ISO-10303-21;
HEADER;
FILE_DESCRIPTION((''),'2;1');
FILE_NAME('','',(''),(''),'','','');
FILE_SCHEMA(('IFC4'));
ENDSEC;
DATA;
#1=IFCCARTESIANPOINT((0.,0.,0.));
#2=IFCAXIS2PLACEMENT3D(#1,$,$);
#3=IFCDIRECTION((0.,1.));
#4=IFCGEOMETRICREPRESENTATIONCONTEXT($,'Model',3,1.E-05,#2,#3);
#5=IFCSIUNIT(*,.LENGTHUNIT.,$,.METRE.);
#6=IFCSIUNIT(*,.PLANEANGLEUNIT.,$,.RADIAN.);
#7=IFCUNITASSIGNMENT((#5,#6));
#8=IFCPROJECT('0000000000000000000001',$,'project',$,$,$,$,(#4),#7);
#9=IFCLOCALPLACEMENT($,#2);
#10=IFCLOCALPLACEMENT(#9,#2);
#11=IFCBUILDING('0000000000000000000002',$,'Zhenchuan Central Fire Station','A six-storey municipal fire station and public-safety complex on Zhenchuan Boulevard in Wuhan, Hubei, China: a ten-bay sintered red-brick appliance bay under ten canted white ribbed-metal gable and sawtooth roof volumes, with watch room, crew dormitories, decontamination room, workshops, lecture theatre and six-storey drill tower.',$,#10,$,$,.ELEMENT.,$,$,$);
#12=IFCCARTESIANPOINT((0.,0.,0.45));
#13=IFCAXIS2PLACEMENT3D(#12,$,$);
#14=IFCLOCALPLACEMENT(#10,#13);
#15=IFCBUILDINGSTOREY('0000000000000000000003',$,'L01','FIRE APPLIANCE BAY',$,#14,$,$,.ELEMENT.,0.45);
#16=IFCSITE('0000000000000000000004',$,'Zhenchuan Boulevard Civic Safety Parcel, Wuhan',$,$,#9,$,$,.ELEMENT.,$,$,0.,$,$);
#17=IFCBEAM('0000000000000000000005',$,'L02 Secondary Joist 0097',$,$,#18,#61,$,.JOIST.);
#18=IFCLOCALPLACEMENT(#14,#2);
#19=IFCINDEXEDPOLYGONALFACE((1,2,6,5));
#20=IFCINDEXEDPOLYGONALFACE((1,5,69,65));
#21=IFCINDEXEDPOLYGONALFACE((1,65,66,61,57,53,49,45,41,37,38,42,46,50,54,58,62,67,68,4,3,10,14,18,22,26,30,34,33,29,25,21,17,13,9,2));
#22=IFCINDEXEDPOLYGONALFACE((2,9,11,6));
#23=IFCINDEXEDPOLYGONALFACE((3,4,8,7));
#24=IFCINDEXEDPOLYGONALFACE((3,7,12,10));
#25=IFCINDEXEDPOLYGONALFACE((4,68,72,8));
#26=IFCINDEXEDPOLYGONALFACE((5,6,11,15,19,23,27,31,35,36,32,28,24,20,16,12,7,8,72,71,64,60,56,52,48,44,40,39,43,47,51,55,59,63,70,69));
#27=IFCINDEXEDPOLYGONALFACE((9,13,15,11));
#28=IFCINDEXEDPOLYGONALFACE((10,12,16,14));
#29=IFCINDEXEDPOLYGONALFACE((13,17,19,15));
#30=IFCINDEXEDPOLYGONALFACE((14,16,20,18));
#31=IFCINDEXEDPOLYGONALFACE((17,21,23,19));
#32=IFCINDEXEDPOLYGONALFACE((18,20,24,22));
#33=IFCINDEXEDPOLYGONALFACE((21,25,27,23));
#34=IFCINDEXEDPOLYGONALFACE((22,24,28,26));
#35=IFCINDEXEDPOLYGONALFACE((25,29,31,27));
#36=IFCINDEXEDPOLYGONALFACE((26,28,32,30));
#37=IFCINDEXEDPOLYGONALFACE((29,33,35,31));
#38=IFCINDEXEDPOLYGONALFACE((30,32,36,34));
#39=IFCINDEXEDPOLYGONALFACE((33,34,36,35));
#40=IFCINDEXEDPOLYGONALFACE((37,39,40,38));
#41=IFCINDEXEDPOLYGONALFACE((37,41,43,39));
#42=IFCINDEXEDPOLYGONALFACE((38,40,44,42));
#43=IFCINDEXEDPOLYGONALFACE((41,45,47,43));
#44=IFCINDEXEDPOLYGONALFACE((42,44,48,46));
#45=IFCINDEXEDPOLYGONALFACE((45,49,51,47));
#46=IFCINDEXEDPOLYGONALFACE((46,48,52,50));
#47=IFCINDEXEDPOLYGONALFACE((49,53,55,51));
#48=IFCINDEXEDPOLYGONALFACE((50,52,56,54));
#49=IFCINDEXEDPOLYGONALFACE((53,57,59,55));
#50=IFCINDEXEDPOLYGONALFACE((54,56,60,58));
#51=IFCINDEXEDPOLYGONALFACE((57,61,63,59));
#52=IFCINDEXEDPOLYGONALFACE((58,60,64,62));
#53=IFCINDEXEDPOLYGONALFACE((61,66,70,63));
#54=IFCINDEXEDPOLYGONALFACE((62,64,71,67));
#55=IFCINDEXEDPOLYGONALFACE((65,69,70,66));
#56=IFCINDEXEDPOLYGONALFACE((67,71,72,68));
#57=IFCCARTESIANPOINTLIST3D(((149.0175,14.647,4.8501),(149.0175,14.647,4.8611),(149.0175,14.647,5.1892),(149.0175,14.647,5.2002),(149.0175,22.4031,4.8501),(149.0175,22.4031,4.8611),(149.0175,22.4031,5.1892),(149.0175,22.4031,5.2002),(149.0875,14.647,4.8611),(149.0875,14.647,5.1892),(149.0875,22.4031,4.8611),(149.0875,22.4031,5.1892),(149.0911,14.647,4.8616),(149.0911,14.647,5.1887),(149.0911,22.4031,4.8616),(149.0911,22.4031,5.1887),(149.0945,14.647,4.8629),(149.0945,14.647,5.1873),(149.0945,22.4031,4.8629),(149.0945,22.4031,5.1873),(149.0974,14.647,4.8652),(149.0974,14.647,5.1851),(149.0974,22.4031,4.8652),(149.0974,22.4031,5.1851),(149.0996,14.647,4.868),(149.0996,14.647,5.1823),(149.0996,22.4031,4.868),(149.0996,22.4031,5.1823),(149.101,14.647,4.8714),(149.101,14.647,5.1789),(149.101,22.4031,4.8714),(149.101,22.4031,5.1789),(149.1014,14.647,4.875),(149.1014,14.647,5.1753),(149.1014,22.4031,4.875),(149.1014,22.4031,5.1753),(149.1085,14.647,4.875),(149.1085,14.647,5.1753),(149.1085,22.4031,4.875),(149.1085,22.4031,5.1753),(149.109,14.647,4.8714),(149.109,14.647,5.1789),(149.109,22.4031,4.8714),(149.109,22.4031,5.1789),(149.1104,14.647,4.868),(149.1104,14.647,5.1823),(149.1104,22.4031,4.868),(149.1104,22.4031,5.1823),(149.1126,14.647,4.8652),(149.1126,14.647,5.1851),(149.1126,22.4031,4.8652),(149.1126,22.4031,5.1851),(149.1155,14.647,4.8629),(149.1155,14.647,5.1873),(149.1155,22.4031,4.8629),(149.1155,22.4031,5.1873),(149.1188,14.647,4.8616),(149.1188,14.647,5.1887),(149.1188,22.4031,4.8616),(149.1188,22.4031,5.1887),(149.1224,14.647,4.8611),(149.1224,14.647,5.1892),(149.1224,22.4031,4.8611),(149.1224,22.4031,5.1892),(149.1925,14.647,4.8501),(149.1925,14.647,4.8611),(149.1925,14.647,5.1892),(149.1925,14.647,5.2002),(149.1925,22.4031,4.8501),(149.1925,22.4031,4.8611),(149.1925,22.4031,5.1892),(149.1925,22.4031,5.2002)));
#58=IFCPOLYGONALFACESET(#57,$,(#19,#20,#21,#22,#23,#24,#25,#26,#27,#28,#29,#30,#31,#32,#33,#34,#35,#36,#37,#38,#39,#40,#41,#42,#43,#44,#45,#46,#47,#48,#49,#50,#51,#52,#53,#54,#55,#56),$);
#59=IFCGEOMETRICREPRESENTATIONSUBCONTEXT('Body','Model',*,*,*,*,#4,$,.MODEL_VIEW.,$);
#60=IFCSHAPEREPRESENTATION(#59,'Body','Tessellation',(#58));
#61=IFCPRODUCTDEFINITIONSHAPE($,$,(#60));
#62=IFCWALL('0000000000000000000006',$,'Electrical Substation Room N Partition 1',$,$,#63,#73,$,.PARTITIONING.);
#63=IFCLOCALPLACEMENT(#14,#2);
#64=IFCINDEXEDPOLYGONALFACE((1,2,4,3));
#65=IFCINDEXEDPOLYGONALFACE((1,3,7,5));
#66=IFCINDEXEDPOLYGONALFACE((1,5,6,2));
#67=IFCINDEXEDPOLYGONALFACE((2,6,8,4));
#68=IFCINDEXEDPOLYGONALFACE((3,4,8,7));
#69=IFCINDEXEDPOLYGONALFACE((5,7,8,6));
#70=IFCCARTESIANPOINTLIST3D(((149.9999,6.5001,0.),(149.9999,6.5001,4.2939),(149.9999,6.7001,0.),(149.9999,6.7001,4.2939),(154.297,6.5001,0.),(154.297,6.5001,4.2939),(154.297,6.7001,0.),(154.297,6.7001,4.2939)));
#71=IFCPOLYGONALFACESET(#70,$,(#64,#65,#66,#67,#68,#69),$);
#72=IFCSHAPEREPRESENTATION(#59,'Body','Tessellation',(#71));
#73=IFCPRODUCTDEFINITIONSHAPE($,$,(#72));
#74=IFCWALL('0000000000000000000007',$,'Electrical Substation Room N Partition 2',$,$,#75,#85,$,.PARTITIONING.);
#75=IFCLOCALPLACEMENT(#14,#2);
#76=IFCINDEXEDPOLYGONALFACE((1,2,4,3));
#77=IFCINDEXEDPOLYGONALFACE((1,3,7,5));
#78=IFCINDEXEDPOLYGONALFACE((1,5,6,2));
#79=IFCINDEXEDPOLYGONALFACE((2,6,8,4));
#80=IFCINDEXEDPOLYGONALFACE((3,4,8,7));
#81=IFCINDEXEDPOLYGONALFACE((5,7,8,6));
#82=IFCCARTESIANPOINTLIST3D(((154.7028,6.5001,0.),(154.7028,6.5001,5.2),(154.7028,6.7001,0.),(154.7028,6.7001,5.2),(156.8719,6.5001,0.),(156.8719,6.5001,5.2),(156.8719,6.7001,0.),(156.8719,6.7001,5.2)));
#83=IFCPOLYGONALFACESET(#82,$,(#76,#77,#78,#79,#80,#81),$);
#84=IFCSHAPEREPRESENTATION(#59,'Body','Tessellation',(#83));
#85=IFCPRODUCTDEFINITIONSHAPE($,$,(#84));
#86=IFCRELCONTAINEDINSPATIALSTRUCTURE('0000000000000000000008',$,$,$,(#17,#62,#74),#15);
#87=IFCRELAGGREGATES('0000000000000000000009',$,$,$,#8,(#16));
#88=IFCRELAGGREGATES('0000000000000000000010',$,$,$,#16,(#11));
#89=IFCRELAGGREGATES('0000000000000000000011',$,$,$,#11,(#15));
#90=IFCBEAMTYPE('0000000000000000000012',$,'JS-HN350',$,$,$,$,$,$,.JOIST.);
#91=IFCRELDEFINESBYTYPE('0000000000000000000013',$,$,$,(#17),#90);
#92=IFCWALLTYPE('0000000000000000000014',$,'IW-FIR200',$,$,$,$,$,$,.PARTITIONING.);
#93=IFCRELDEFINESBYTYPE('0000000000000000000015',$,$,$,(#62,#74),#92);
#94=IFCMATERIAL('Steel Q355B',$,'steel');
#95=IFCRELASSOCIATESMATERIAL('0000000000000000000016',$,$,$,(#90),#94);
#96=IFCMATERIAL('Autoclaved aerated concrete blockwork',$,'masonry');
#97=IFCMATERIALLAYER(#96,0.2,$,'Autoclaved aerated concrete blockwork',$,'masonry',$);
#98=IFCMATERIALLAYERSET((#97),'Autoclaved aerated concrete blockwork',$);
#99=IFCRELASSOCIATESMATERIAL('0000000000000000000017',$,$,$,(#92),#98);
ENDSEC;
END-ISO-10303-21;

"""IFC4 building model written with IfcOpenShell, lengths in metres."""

from ifc_helpers import new_model, si_unit, direction, frame, frame_2d, origin, origin_2d, place, context, subcontext, project, spatial, rectangle, i_section, extrude, material, layer, layer_set, material_profile, profile_set, type_object, element, save


model = new_model("IFC4")

# Units and contexts
model_context = context("Model", 3, precision=1e-05, world=origin(), true_north=direction((0.0, 1.0)))
body_context = subcontext(model_context, "Body", "Model", "MODEL_VIEW")
ifc_project = project(units=[si_unit("LENGTHUNIT", "METRE"), si_unit("PLANEANGLEUNIT", "RADIAN")], contexts=[model_context])

# Site, building, storey
site_placement = place(None, origin())
site = spatial("IfcSite", under=ifc_project, at=site_placement, Name="Zhenchuan Boulevard Civic Safety Parcel, Wuhan", CompositionType="ELEMENT", RefElevation=0.0)
building_placement = place(site_placement, origin())
building = spatial("IfcBuilding", under=site, at=building_placement, Name="Zhenchuan Central Fire Station", Description="A six-storey municipal fire station and public-safety complex on Zhenchuan Boulevard in Wuhan, Hubei, China: a ten-bay sintered red-brick appliance bay under ten canted white ribbed-metal gable and sawtooth roof volumes, with watch room, crew dormitories, decontamination room, workshops, lecture theatre and six-storey drill tower.", CompositionType="ELEMENT")
storey_placement = place(building_placement, frame((0.0, 0.0, 0.45)))
storey = spatial("IfcBuildingStorey", under=building, at=storey_placement, Name="L01", Description="FIRE APPLIANCE BAY", CompositionType="ELEMENT", Elevation=0.45)

# Shared definitions
ifc_material_1 = material(Name="Steel Q355B", Category="steel")

# Beam
ifc_material_profile_1 = material_profile(ifc_material_1, i_section(OverallWidth=0.175, OverallDepth=0.3501, WebThickness=0.0071, FlangeThickness=0.011, FilletRadius=0.0139, at=origin_2d()), Name="HN 350x175")
ifc_profile_set_1 = profile_set([ifc_material_profile_1], Name="Steel Q355B")
beam_type_1 = type_object("IfcBeamType", Name="JS-HN350", PredefinedType="JOIST", material=ifc_profile_set_1)
beam_1_placement = place(storey_placement, frame((149.105, 14.647, 5.0251), z_axis=(0.0, 1.0, 0.0), x_axis=(-1.0, 0.0, 0.0)))
element("IfcBeam", 1, at=beam_1_placement, inside=storey, type_object=beam_type_1, Name="L02 Secondary Joist 0097", PredefinedType="JOIST", context=body_context, shape_type="SweptSolid", body=[
    extrude(i_section(OverallWidth=0.175, OverallDepth=0.3501, WebThickness=0.0071, FlangeThickness=0.011, FilletRadius=0.0139, at=origin_2d()), origin(), (0.0, 0.0, 1.0), 7.7561),
])

# Walls
ifc_material_2 = material(Name="Autoclaved aerated concrete blockwork", Category="masonry")
ifc_layer = layer(ifc_material_2, 0.2, Name="Autoclaved aerated concrete blockwork", Category="masonry")
ifc_layer_set = layer_set([ifc_layer], Name="Autoclaved aerated concrete blockwork")
wall_type = type_object("IfcWallType", Name="IW-FIR200", PredefinedType="PARTITIONING", material=ifc_layer_set)
wall_1_placement = place(storey_placement, frame((150.0, 6.6001, 0.0), z_axis=(0.0, 0.0, 1.0), x_axis=(1.0, 0.0, 0.0)))
element("IfcWall", 2, at=wall_1_placement, inside=storey, type_object=wall_type, Name="Electrical Substation Room N Partition 1", PredefinedType="PARTITIONING", context=body_context, shape_type="SweptSolid", body=[
    extrude(rectangle(XDim=4.2971, YDim=0.2, at=frame_2d((2.1484, 0.0))), origin(), (0.0, 0.0, 1.0), 4.2939),
])
wall_2_placement = place(storey_placement, frame((154.7029, 6.6001, 0.0), z_axis=(0.0, 0.0, 1.0), x_axis=(1.0, 0.0, 0.0)))
element("IfcWall", 3, at=wall_2_placement, inside=storey, type_object=wall_type, Name="Electrical Substation Room N Partition 2", PredefinedType="PARTITIONING", context=body_context, shape_type="SweptSolid", body=[
    extrude(rectangle(XDim=2.1692, YDim=0.2, at=frame_2d((1.0845, 0.0))), origin(), (0.0, 0.0, 1.0), 5.2),
])

save(model, "model.ifc")
